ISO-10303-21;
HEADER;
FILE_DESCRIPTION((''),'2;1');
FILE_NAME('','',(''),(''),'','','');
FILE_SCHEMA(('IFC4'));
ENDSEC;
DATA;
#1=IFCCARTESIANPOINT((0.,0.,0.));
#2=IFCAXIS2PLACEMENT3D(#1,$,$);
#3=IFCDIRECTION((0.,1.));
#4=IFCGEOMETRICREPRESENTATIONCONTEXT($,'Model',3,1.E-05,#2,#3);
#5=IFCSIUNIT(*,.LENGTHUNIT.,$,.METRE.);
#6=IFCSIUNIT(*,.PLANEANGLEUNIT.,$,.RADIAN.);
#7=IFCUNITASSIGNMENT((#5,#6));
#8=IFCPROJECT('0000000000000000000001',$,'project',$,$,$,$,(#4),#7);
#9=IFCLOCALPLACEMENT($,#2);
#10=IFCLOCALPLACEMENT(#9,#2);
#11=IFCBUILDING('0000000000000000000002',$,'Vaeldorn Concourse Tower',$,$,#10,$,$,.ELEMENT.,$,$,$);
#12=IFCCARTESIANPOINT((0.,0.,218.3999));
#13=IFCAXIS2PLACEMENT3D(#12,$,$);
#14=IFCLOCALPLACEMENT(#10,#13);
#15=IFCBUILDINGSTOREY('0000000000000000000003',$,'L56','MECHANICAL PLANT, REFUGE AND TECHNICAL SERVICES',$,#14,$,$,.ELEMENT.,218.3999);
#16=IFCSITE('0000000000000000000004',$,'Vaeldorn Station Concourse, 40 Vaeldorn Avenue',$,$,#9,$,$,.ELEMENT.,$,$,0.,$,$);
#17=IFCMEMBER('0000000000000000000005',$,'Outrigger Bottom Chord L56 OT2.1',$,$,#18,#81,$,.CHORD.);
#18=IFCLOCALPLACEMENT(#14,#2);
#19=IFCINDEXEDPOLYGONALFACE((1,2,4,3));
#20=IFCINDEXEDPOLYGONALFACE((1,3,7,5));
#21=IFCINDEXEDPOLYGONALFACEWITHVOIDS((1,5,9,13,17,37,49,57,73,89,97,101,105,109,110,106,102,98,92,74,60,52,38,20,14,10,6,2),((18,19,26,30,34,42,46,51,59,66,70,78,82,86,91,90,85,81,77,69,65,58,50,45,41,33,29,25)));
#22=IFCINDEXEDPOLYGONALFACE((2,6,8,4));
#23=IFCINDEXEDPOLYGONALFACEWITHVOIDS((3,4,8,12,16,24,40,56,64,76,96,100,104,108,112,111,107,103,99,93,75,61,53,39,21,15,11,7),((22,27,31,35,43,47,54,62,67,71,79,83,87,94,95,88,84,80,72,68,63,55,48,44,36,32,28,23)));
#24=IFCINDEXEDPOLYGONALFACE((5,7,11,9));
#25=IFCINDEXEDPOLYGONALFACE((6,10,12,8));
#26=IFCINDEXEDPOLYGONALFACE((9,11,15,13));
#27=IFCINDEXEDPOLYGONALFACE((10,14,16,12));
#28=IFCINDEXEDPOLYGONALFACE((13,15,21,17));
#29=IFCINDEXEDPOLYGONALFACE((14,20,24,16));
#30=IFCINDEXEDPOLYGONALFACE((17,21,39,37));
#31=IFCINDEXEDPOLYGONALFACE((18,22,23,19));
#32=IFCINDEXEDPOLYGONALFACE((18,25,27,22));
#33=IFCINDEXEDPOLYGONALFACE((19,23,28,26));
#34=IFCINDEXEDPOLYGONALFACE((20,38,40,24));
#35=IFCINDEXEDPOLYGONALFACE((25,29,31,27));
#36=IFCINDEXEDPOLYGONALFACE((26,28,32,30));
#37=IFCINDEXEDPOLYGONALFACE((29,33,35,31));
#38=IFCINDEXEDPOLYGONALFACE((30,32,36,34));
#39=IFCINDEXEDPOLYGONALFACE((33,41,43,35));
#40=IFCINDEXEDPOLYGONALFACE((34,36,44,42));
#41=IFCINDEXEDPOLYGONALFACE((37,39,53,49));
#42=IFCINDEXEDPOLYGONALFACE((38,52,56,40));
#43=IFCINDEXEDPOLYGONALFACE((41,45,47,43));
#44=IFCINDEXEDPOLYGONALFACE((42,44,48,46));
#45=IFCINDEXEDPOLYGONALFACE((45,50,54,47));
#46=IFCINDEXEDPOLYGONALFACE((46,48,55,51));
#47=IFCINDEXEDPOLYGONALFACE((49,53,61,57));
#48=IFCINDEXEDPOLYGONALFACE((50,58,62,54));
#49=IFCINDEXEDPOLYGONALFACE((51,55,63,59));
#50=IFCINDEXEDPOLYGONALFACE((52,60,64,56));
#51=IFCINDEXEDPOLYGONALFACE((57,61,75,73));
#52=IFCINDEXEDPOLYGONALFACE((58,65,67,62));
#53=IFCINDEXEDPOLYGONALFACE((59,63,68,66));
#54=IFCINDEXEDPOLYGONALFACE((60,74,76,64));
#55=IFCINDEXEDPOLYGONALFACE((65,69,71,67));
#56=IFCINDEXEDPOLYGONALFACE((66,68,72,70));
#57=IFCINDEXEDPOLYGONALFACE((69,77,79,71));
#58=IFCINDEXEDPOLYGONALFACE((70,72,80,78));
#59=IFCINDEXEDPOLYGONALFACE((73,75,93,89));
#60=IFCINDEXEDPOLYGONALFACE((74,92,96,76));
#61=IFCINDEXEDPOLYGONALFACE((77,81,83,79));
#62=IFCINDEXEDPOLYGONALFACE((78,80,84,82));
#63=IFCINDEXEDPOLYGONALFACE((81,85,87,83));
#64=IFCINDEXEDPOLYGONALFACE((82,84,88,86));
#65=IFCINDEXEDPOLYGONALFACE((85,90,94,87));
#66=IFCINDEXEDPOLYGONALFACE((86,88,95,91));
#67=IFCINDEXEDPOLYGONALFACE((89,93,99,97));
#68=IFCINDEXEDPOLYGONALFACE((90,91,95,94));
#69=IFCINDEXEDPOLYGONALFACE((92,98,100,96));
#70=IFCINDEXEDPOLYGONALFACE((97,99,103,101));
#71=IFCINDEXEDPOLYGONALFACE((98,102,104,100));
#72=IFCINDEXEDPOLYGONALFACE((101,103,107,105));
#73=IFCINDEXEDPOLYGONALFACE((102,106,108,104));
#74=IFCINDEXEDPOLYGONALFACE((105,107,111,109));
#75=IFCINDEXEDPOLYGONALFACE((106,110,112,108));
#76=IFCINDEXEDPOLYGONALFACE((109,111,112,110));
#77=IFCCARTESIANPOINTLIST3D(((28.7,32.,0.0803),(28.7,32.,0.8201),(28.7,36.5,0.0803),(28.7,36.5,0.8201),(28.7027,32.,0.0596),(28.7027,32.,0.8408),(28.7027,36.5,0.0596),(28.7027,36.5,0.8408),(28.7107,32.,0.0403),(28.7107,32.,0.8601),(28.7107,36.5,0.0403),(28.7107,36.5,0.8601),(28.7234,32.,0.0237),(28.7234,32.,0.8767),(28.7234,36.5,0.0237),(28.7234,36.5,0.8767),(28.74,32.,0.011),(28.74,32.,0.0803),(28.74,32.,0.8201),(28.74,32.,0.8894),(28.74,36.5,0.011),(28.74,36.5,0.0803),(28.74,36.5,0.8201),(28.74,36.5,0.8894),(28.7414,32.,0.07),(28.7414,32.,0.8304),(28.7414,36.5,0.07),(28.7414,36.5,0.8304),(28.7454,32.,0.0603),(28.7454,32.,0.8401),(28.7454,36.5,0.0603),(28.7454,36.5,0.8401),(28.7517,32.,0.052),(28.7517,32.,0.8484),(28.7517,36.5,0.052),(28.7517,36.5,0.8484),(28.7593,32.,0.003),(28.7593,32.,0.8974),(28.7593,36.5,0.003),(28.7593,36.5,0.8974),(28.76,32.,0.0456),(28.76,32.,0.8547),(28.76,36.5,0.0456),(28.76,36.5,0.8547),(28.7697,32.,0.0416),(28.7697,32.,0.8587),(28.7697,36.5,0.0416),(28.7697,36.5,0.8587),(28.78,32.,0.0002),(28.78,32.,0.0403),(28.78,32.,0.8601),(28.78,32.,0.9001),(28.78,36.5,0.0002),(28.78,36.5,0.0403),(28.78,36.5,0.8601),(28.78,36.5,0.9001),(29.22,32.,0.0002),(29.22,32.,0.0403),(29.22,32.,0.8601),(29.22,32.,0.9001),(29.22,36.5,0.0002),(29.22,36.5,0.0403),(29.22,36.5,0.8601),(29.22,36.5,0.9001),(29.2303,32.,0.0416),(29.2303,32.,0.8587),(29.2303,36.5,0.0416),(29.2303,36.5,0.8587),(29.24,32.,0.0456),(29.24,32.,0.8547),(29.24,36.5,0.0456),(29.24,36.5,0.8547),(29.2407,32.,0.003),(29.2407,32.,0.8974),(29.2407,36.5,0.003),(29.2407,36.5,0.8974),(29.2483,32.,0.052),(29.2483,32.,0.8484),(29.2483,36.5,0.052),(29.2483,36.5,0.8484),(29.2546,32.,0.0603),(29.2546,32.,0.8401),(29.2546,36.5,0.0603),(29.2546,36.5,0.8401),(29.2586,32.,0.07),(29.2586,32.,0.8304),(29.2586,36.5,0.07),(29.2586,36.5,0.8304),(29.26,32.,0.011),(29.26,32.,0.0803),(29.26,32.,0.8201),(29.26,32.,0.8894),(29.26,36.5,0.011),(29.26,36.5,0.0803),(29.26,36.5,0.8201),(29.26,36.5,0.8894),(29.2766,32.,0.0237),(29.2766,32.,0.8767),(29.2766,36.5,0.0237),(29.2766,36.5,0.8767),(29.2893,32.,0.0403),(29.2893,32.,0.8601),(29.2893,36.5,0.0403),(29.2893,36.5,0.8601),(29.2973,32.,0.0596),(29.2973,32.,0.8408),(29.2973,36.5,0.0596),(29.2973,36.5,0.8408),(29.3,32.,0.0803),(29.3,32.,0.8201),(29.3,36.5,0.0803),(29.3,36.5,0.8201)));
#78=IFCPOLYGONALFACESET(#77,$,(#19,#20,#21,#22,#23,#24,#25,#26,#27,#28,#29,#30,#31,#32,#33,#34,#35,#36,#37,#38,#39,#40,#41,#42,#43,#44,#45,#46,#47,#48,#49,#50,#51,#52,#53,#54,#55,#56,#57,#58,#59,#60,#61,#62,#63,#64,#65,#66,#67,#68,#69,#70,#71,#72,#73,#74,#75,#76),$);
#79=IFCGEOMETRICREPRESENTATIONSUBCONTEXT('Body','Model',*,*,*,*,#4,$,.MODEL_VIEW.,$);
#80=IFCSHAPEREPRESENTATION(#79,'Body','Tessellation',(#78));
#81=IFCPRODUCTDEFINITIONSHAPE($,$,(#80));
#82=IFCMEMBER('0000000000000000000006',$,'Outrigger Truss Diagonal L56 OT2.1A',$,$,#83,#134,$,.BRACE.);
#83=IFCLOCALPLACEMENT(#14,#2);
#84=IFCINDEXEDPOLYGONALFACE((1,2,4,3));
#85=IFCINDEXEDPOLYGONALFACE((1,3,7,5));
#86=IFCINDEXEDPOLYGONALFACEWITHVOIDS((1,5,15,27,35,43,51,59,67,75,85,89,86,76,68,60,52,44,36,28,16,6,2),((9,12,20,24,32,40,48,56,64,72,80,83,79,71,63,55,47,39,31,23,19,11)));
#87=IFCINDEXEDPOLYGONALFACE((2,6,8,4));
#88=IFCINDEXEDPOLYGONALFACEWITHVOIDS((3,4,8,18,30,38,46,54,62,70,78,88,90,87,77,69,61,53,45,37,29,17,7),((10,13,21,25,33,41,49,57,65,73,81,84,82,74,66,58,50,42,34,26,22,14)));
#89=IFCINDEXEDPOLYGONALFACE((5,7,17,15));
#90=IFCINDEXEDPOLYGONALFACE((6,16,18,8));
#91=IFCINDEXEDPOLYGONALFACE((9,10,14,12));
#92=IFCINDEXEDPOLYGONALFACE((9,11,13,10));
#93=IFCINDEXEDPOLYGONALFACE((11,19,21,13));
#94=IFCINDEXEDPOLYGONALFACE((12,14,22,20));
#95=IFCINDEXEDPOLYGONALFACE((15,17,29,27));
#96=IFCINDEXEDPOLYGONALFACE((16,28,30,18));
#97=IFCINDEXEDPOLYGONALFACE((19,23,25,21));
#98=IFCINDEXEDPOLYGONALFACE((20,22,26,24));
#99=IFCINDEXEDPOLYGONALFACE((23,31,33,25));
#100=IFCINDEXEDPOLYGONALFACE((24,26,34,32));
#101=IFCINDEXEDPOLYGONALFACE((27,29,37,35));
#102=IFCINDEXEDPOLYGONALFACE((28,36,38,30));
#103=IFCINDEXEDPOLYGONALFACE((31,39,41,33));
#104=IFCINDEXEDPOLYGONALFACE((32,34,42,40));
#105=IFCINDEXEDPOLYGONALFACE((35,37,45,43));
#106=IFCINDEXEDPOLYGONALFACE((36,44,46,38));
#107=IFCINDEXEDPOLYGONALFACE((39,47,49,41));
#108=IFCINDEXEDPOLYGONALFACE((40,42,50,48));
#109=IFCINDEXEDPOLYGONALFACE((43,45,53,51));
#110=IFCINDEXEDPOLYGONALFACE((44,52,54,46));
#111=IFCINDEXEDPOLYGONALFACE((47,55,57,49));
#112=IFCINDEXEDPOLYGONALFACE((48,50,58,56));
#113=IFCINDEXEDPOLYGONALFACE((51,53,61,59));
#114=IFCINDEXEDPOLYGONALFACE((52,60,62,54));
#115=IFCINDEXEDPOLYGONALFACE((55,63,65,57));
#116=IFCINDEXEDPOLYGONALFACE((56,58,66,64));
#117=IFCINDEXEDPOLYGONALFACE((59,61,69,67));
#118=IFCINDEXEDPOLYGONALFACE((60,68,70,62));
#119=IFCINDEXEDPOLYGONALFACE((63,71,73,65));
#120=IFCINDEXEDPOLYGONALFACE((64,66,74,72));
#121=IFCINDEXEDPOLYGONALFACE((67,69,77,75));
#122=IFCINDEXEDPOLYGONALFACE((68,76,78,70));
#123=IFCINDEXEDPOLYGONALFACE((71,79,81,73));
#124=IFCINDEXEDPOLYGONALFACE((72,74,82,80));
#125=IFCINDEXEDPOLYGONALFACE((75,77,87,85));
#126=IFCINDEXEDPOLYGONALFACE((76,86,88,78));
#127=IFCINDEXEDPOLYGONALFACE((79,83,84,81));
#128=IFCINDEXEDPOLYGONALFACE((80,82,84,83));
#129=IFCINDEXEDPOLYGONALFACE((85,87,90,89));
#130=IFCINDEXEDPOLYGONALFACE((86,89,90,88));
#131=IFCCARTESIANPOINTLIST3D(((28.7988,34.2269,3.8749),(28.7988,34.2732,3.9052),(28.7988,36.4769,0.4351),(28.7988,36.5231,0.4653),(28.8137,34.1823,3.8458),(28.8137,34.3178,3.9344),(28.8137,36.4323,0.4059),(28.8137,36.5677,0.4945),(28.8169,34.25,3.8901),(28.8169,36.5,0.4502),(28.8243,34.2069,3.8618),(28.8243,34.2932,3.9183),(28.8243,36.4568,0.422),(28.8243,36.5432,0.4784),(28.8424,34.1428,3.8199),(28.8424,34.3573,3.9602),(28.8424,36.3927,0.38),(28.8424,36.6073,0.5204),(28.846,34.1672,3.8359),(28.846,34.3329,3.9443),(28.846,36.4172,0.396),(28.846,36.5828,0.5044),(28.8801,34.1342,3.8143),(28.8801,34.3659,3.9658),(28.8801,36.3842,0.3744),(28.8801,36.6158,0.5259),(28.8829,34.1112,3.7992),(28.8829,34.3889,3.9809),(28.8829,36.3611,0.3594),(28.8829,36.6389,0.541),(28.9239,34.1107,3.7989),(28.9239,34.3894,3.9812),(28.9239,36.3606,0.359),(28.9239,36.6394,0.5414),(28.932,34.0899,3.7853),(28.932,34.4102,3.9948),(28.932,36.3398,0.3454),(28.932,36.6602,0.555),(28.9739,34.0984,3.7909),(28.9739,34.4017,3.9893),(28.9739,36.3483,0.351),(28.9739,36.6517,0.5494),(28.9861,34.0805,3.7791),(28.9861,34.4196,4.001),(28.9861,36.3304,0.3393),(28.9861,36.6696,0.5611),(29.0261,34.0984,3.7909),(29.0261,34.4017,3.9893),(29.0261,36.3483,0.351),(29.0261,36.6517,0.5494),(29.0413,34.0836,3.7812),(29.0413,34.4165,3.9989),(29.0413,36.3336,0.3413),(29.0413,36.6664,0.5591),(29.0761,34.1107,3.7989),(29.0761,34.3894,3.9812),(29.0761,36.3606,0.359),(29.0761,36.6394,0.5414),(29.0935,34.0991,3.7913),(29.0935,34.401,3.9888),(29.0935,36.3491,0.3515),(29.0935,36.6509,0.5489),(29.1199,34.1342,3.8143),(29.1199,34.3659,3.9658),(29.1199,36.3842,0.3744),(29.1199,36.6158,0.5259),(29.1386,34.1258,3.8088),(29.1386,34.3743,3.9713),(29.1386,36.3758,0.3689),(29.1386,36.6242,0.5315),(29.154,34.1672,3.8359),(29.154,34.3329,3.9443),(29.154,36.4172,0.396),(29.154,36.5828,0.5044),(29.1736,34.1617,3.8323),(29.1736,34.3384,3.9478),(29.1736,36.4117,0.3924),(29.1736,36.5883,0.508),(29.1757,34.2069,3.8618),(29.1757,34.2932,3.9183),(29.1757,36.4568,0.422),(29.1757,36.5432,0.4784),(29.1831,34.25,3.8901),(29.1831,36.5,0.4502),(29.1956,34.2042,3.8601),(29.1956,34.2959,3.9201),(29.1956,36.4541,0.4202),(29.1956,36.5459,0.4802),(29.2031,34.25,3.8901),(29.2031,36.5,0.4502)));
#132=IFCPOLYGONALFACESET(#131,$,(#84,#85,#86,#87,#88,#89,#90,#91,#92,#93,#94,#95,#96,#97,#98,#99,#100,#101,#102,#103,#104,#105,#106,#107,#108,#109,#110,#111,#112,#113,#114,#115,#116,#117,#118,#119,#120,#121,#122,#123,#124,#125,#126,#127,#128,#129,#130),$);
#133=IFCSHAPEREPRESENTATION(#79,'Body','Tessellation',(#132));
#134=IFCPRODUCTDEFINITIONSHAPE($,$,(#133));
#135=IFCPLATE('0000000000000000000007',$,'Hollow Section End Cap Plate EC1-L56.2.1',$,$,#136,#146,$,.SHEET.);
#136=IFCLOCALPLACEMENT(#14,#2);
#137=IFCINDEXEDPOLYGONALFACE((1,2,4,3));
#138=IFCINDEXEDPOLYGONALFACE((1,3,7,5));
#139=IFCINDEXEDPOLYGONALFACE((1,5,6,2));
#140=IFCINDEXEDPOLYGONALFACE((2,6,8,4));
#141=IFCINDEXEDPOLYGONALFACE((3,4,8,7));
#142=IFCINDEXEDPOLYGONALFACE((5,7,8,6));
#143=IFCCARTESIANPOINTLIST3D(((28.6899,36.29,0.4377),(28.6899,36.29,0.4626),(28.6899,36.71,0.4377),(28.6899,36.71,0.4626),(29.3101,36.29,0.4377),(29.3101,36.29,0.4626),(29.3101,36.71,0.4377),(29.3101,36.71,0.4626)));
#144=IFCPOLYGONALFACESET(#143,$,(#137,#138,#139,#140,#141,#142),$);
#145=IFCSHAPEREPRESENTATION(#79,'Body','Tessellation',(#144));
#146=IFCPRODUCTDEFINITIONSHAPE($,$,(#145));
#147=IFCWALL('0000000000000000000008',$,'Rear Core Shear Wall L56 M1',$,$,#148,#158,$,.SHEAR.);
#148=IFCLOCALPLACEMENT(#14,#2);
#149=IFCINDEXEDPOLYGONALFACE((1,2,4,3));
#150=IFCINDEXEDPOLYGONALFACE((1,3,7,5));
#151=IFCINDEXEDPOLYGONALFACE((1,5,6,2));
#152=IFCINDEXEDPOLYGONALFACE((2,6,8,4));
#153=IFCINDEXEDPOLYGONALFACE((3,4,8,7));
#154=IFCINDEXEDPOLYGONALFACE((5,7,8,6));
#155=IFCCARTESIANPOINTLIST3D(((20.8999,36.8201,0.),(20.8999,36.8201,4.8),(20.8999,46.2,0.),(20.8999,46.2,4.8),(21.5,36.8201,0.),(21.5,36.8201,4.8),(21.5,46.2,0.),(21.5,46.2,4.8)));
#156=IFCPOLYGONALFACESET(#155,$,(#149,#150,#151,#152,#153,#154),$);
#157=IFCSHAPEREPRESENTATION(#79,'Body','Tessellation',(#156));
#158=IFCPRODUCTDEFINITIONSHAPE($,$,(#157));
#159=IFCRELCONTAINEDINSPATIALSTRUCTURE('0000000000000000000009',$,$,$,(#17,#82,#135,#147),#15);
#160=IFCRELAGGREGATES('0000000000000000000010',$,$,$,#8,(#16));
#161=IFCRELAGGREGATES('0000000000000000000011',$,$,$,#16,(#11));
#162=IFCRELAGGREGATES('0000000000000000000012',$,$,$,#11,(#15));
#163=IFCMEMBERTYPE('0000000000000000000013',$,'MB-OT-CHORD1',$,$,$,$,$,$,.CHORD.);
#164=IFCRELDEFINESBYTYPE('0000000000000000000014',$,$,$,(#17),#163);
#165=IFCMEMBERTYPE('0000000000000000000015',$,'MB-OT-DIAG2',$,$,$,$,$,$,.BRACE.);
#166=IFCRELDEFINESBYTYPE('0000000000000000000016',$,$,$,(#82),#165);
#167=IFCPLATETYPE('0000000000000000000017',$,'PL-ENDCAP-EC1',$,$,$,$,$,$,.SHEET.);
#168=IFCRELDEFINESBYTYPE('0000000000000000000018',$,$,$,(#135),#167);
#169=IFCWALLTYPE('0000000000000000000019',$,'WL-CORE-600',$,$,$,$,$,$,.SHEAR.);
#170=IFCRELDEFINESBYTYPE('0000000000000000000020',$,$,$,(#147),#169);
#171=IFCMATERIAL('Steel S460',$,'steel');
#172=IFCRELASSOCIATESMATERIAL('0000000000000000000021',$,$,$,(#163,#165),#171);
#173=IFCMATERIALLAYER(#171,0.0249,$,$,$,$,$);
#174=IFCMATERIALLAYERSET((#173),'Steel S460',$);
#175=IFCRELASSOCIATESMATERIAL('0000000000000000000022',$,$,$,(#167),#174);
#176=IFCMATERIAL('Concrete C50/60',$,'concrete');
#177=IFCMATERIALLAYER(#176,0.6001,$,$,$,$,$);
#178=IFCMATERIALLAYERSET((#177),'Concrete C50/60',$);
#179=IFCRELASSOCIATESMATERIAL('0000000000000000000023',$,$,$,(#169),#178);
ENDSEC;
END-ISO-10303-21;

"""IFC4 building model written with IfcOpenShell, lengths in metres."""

from ifc_helpers import new_model, si_unit, direction, frame, frame_2d, origin, origin_2d, place, context, subcontext, project, spatial, rectangle, hollow_rectangle, hollow_circle, extrude, source, transform, mapped, material, layer, layer_set, material_profile, profile_set, type_object, element, save


model = new_model("IFC4")

# Units and contexts
model_context = context("Model", 3, precision=1e-05, world=origin(), true_north=direction((0.0, 1.0)))
body_context = subcontext(model_context, "Body", "Model", "MODEL_VIEW")
ifc_project = project(units=[si_unit("LENGTHUNIT", "METRE"), si_unit("PLANEANGLEUNIT", "RADIAN")], contexts=[model_context])

# Site, building, storey
site_placement = place(None, origin())
site = spatial("IfcSite", under=ifc_project, at=site_placement, Name="Vaeldorn Station Concourse, 40 Vaeldorn Avenue", CompositionType="ELEMENT", RefElevation=0.0)
building_placement = place(site_placement, origin())
building = spatial("IfcBuilding", under=site, at=building_placement, Name="Vaeldorn Concourse Tower", CompositionType="ELEMENT")
storey_placement = place(building_placement, frame((0.0, 0.0, 218.3999)))
storey = spatial("IfcBuildingStorey", under=building, at=storey_placement, Name="L56", Description="MECHANICAL PLANT, REFUGE AND TECHNICAL SERVICES", CompositionType="ELEMENT", Elevation=218.3999)

# Members
ifc_material_1 = material(Name="Steel S460", Category="steel")
ifc_material_profile_1 = material_profile(ifc_material_1, hollow_rectangle(XDim=0.6001, YDim=0.8999, WallThickness=0.04, InnerFilletRadius=0.04, OuterFilletRadius=0.0801, at=origin_2d()), Name="RHS 900x600x40")
ifc_profile_set_1 = profile_set([ifc_material_profile_1], Name="Steel S460")
member_type_1 = type_object("IfcMemberType", Name="MB-OT-CHORD1", PredefinedType="CHORD", material=ifc_profile_set_1)
shared_shape_1 = source(origin(), body_context, "Body", "SweptSolid", [
    extrude(hollow_rectangle(XDim=0.6001, YDim=0.8999, WallThickness=0.04, InnerFilletRadius=0.04, OuterFilletRadius=0.0801, at=origin_2d()), origin(), (0.0, 0.0, 1.0), 4.5),
])
member_1_placement = place(storey_placement, frame((29.0, 36.5, 0.4502), z_axis=(0.0, -1.0, 0.0), x_axis=(1.0, 0.0, 0.0)))
element("IfcMember", 1, at=member_1_placement, inside=storey, type_object=member_type_1, Name="Outrigger Bottom Chord L56 OT2.1", PredefinedType="CHORD", context=body_context, shape_type="MappedRepresentation", body=[
    mapped(shared_shape_1, transform((0.0, 0.0, 0.0), scale=1.0)),
])
ifc_material_profile_2 = material_profile(ifc_material_1, hollow_circle(Radius=0.2031, WallThickness=0.02, at=origin_2d()), Name="CHS 406.4x20")
ifc_profile_set_2 = profile_set([ifc_material_profile_2], Name="Steel S460")
member_type_2 = type_object("IfcMemberType", Name="MB-OT-DIAG2", PredefinedType="BRACE", material=ifc_profile_set_2)
shared_shape_2 = source(origin(), body_context, "Body", "SweptSolid", [
    extrude(hollow_circle(Radius=0.2031, WallThickness=0.02, at=origin_2d()), origin(), (0.0, 0.0, 1.0), 4.1104),
])
member_2_placement = place(storey_placement, frame((29.0, 36.5, 0.4502), z_axis=(0.0, -0.547387, 0.83688), x_axis=(1.0, 0.0, 0.0)))
element("IfcMember", 2, at=member_2_placement, inside=storey, type_object=member_type_2, Name="Outrigger Truss Diagonal L56 OT2.1A", PredefinedType="BRACE", context=body_context, shape_type="MappedRepresentation", body=[
    mapped(shared_shape_2, transform((0.0, 0.0, 0.0), scale=1.0)),
])

# Plate
ifc_layer_1 = layer(ifc_material_1, 0.0249)
ifc_layer_set_1 = layer_set([ifc_layer_1], Name="Steel S460")
plate_type = type_object("IfcPlateType", Name="PL-ENDCAP-EC1", PredefinedType="SHEET", material=ifc_layer_set_1)
shared_shape_3 = source(origin(), body_context, "Body", "SweptSolid", [
    extrude(rectangle(XDim=0.6201, YDim=0.4199, at=origin_2d()), origin(), (0.0, 0.0, 1.0), 0.0249),
])
plate_placement = place(storey_placement, frame((29.0, 36.5, 0.4377), z_axis=(0.0, 0.0, 1.0), x_axis=(1.0, 0.0, 0.0)))
element("IfcPlate", 3, at=plate_placement, inside=storey, type_object=plate_type, Name="Hollow Section End Cap Plate EC1-L56.2.1", PredefinedType="SHEET", context=body_context, shape_type="MappedRepresentation", body=[
    mapped(shared_shape_3, transform((0.0, 0.0, 0.0), scale=1.0)),
])

# Wall
ifc_material_2 = material(Name="Concrete C50/60", Category="concrete")
ifc_layer_2 = layer(ifc_material_2, 0.6001)
ifc_layer_set_2 = layer_set([ifc_layer_2], Name="Concrete C50/60")
wall_type_1 = type_object("IfcWallType", Name="WL-CORE-600", PredefinedType="SHEAR", material=ifc_layer_set_2)
wall_1_placement = place(storey_placement, frame((21.2, 36.8201, 0.0), z_axis=(0.0, 0.0, 1.0), x_axis=(0.0, 1.0, 0.0)))
element("IfcWall", 4, at=wall_1_placement, inside=storey, type_object=wall_type_1, Name="Rear Core Shear Wall L56 M1", PredefinedType="SHEAR", context=body_context, shape_type="SweptSolid", body=[
    extrude(rectangle(XDim=9.3799, YDim=0.6001, at=frame_2d((4.6899, 0.0))), origin(), (0.0, 0.0, 1.0), 4.8),
])

save(model, "model.ifc")
